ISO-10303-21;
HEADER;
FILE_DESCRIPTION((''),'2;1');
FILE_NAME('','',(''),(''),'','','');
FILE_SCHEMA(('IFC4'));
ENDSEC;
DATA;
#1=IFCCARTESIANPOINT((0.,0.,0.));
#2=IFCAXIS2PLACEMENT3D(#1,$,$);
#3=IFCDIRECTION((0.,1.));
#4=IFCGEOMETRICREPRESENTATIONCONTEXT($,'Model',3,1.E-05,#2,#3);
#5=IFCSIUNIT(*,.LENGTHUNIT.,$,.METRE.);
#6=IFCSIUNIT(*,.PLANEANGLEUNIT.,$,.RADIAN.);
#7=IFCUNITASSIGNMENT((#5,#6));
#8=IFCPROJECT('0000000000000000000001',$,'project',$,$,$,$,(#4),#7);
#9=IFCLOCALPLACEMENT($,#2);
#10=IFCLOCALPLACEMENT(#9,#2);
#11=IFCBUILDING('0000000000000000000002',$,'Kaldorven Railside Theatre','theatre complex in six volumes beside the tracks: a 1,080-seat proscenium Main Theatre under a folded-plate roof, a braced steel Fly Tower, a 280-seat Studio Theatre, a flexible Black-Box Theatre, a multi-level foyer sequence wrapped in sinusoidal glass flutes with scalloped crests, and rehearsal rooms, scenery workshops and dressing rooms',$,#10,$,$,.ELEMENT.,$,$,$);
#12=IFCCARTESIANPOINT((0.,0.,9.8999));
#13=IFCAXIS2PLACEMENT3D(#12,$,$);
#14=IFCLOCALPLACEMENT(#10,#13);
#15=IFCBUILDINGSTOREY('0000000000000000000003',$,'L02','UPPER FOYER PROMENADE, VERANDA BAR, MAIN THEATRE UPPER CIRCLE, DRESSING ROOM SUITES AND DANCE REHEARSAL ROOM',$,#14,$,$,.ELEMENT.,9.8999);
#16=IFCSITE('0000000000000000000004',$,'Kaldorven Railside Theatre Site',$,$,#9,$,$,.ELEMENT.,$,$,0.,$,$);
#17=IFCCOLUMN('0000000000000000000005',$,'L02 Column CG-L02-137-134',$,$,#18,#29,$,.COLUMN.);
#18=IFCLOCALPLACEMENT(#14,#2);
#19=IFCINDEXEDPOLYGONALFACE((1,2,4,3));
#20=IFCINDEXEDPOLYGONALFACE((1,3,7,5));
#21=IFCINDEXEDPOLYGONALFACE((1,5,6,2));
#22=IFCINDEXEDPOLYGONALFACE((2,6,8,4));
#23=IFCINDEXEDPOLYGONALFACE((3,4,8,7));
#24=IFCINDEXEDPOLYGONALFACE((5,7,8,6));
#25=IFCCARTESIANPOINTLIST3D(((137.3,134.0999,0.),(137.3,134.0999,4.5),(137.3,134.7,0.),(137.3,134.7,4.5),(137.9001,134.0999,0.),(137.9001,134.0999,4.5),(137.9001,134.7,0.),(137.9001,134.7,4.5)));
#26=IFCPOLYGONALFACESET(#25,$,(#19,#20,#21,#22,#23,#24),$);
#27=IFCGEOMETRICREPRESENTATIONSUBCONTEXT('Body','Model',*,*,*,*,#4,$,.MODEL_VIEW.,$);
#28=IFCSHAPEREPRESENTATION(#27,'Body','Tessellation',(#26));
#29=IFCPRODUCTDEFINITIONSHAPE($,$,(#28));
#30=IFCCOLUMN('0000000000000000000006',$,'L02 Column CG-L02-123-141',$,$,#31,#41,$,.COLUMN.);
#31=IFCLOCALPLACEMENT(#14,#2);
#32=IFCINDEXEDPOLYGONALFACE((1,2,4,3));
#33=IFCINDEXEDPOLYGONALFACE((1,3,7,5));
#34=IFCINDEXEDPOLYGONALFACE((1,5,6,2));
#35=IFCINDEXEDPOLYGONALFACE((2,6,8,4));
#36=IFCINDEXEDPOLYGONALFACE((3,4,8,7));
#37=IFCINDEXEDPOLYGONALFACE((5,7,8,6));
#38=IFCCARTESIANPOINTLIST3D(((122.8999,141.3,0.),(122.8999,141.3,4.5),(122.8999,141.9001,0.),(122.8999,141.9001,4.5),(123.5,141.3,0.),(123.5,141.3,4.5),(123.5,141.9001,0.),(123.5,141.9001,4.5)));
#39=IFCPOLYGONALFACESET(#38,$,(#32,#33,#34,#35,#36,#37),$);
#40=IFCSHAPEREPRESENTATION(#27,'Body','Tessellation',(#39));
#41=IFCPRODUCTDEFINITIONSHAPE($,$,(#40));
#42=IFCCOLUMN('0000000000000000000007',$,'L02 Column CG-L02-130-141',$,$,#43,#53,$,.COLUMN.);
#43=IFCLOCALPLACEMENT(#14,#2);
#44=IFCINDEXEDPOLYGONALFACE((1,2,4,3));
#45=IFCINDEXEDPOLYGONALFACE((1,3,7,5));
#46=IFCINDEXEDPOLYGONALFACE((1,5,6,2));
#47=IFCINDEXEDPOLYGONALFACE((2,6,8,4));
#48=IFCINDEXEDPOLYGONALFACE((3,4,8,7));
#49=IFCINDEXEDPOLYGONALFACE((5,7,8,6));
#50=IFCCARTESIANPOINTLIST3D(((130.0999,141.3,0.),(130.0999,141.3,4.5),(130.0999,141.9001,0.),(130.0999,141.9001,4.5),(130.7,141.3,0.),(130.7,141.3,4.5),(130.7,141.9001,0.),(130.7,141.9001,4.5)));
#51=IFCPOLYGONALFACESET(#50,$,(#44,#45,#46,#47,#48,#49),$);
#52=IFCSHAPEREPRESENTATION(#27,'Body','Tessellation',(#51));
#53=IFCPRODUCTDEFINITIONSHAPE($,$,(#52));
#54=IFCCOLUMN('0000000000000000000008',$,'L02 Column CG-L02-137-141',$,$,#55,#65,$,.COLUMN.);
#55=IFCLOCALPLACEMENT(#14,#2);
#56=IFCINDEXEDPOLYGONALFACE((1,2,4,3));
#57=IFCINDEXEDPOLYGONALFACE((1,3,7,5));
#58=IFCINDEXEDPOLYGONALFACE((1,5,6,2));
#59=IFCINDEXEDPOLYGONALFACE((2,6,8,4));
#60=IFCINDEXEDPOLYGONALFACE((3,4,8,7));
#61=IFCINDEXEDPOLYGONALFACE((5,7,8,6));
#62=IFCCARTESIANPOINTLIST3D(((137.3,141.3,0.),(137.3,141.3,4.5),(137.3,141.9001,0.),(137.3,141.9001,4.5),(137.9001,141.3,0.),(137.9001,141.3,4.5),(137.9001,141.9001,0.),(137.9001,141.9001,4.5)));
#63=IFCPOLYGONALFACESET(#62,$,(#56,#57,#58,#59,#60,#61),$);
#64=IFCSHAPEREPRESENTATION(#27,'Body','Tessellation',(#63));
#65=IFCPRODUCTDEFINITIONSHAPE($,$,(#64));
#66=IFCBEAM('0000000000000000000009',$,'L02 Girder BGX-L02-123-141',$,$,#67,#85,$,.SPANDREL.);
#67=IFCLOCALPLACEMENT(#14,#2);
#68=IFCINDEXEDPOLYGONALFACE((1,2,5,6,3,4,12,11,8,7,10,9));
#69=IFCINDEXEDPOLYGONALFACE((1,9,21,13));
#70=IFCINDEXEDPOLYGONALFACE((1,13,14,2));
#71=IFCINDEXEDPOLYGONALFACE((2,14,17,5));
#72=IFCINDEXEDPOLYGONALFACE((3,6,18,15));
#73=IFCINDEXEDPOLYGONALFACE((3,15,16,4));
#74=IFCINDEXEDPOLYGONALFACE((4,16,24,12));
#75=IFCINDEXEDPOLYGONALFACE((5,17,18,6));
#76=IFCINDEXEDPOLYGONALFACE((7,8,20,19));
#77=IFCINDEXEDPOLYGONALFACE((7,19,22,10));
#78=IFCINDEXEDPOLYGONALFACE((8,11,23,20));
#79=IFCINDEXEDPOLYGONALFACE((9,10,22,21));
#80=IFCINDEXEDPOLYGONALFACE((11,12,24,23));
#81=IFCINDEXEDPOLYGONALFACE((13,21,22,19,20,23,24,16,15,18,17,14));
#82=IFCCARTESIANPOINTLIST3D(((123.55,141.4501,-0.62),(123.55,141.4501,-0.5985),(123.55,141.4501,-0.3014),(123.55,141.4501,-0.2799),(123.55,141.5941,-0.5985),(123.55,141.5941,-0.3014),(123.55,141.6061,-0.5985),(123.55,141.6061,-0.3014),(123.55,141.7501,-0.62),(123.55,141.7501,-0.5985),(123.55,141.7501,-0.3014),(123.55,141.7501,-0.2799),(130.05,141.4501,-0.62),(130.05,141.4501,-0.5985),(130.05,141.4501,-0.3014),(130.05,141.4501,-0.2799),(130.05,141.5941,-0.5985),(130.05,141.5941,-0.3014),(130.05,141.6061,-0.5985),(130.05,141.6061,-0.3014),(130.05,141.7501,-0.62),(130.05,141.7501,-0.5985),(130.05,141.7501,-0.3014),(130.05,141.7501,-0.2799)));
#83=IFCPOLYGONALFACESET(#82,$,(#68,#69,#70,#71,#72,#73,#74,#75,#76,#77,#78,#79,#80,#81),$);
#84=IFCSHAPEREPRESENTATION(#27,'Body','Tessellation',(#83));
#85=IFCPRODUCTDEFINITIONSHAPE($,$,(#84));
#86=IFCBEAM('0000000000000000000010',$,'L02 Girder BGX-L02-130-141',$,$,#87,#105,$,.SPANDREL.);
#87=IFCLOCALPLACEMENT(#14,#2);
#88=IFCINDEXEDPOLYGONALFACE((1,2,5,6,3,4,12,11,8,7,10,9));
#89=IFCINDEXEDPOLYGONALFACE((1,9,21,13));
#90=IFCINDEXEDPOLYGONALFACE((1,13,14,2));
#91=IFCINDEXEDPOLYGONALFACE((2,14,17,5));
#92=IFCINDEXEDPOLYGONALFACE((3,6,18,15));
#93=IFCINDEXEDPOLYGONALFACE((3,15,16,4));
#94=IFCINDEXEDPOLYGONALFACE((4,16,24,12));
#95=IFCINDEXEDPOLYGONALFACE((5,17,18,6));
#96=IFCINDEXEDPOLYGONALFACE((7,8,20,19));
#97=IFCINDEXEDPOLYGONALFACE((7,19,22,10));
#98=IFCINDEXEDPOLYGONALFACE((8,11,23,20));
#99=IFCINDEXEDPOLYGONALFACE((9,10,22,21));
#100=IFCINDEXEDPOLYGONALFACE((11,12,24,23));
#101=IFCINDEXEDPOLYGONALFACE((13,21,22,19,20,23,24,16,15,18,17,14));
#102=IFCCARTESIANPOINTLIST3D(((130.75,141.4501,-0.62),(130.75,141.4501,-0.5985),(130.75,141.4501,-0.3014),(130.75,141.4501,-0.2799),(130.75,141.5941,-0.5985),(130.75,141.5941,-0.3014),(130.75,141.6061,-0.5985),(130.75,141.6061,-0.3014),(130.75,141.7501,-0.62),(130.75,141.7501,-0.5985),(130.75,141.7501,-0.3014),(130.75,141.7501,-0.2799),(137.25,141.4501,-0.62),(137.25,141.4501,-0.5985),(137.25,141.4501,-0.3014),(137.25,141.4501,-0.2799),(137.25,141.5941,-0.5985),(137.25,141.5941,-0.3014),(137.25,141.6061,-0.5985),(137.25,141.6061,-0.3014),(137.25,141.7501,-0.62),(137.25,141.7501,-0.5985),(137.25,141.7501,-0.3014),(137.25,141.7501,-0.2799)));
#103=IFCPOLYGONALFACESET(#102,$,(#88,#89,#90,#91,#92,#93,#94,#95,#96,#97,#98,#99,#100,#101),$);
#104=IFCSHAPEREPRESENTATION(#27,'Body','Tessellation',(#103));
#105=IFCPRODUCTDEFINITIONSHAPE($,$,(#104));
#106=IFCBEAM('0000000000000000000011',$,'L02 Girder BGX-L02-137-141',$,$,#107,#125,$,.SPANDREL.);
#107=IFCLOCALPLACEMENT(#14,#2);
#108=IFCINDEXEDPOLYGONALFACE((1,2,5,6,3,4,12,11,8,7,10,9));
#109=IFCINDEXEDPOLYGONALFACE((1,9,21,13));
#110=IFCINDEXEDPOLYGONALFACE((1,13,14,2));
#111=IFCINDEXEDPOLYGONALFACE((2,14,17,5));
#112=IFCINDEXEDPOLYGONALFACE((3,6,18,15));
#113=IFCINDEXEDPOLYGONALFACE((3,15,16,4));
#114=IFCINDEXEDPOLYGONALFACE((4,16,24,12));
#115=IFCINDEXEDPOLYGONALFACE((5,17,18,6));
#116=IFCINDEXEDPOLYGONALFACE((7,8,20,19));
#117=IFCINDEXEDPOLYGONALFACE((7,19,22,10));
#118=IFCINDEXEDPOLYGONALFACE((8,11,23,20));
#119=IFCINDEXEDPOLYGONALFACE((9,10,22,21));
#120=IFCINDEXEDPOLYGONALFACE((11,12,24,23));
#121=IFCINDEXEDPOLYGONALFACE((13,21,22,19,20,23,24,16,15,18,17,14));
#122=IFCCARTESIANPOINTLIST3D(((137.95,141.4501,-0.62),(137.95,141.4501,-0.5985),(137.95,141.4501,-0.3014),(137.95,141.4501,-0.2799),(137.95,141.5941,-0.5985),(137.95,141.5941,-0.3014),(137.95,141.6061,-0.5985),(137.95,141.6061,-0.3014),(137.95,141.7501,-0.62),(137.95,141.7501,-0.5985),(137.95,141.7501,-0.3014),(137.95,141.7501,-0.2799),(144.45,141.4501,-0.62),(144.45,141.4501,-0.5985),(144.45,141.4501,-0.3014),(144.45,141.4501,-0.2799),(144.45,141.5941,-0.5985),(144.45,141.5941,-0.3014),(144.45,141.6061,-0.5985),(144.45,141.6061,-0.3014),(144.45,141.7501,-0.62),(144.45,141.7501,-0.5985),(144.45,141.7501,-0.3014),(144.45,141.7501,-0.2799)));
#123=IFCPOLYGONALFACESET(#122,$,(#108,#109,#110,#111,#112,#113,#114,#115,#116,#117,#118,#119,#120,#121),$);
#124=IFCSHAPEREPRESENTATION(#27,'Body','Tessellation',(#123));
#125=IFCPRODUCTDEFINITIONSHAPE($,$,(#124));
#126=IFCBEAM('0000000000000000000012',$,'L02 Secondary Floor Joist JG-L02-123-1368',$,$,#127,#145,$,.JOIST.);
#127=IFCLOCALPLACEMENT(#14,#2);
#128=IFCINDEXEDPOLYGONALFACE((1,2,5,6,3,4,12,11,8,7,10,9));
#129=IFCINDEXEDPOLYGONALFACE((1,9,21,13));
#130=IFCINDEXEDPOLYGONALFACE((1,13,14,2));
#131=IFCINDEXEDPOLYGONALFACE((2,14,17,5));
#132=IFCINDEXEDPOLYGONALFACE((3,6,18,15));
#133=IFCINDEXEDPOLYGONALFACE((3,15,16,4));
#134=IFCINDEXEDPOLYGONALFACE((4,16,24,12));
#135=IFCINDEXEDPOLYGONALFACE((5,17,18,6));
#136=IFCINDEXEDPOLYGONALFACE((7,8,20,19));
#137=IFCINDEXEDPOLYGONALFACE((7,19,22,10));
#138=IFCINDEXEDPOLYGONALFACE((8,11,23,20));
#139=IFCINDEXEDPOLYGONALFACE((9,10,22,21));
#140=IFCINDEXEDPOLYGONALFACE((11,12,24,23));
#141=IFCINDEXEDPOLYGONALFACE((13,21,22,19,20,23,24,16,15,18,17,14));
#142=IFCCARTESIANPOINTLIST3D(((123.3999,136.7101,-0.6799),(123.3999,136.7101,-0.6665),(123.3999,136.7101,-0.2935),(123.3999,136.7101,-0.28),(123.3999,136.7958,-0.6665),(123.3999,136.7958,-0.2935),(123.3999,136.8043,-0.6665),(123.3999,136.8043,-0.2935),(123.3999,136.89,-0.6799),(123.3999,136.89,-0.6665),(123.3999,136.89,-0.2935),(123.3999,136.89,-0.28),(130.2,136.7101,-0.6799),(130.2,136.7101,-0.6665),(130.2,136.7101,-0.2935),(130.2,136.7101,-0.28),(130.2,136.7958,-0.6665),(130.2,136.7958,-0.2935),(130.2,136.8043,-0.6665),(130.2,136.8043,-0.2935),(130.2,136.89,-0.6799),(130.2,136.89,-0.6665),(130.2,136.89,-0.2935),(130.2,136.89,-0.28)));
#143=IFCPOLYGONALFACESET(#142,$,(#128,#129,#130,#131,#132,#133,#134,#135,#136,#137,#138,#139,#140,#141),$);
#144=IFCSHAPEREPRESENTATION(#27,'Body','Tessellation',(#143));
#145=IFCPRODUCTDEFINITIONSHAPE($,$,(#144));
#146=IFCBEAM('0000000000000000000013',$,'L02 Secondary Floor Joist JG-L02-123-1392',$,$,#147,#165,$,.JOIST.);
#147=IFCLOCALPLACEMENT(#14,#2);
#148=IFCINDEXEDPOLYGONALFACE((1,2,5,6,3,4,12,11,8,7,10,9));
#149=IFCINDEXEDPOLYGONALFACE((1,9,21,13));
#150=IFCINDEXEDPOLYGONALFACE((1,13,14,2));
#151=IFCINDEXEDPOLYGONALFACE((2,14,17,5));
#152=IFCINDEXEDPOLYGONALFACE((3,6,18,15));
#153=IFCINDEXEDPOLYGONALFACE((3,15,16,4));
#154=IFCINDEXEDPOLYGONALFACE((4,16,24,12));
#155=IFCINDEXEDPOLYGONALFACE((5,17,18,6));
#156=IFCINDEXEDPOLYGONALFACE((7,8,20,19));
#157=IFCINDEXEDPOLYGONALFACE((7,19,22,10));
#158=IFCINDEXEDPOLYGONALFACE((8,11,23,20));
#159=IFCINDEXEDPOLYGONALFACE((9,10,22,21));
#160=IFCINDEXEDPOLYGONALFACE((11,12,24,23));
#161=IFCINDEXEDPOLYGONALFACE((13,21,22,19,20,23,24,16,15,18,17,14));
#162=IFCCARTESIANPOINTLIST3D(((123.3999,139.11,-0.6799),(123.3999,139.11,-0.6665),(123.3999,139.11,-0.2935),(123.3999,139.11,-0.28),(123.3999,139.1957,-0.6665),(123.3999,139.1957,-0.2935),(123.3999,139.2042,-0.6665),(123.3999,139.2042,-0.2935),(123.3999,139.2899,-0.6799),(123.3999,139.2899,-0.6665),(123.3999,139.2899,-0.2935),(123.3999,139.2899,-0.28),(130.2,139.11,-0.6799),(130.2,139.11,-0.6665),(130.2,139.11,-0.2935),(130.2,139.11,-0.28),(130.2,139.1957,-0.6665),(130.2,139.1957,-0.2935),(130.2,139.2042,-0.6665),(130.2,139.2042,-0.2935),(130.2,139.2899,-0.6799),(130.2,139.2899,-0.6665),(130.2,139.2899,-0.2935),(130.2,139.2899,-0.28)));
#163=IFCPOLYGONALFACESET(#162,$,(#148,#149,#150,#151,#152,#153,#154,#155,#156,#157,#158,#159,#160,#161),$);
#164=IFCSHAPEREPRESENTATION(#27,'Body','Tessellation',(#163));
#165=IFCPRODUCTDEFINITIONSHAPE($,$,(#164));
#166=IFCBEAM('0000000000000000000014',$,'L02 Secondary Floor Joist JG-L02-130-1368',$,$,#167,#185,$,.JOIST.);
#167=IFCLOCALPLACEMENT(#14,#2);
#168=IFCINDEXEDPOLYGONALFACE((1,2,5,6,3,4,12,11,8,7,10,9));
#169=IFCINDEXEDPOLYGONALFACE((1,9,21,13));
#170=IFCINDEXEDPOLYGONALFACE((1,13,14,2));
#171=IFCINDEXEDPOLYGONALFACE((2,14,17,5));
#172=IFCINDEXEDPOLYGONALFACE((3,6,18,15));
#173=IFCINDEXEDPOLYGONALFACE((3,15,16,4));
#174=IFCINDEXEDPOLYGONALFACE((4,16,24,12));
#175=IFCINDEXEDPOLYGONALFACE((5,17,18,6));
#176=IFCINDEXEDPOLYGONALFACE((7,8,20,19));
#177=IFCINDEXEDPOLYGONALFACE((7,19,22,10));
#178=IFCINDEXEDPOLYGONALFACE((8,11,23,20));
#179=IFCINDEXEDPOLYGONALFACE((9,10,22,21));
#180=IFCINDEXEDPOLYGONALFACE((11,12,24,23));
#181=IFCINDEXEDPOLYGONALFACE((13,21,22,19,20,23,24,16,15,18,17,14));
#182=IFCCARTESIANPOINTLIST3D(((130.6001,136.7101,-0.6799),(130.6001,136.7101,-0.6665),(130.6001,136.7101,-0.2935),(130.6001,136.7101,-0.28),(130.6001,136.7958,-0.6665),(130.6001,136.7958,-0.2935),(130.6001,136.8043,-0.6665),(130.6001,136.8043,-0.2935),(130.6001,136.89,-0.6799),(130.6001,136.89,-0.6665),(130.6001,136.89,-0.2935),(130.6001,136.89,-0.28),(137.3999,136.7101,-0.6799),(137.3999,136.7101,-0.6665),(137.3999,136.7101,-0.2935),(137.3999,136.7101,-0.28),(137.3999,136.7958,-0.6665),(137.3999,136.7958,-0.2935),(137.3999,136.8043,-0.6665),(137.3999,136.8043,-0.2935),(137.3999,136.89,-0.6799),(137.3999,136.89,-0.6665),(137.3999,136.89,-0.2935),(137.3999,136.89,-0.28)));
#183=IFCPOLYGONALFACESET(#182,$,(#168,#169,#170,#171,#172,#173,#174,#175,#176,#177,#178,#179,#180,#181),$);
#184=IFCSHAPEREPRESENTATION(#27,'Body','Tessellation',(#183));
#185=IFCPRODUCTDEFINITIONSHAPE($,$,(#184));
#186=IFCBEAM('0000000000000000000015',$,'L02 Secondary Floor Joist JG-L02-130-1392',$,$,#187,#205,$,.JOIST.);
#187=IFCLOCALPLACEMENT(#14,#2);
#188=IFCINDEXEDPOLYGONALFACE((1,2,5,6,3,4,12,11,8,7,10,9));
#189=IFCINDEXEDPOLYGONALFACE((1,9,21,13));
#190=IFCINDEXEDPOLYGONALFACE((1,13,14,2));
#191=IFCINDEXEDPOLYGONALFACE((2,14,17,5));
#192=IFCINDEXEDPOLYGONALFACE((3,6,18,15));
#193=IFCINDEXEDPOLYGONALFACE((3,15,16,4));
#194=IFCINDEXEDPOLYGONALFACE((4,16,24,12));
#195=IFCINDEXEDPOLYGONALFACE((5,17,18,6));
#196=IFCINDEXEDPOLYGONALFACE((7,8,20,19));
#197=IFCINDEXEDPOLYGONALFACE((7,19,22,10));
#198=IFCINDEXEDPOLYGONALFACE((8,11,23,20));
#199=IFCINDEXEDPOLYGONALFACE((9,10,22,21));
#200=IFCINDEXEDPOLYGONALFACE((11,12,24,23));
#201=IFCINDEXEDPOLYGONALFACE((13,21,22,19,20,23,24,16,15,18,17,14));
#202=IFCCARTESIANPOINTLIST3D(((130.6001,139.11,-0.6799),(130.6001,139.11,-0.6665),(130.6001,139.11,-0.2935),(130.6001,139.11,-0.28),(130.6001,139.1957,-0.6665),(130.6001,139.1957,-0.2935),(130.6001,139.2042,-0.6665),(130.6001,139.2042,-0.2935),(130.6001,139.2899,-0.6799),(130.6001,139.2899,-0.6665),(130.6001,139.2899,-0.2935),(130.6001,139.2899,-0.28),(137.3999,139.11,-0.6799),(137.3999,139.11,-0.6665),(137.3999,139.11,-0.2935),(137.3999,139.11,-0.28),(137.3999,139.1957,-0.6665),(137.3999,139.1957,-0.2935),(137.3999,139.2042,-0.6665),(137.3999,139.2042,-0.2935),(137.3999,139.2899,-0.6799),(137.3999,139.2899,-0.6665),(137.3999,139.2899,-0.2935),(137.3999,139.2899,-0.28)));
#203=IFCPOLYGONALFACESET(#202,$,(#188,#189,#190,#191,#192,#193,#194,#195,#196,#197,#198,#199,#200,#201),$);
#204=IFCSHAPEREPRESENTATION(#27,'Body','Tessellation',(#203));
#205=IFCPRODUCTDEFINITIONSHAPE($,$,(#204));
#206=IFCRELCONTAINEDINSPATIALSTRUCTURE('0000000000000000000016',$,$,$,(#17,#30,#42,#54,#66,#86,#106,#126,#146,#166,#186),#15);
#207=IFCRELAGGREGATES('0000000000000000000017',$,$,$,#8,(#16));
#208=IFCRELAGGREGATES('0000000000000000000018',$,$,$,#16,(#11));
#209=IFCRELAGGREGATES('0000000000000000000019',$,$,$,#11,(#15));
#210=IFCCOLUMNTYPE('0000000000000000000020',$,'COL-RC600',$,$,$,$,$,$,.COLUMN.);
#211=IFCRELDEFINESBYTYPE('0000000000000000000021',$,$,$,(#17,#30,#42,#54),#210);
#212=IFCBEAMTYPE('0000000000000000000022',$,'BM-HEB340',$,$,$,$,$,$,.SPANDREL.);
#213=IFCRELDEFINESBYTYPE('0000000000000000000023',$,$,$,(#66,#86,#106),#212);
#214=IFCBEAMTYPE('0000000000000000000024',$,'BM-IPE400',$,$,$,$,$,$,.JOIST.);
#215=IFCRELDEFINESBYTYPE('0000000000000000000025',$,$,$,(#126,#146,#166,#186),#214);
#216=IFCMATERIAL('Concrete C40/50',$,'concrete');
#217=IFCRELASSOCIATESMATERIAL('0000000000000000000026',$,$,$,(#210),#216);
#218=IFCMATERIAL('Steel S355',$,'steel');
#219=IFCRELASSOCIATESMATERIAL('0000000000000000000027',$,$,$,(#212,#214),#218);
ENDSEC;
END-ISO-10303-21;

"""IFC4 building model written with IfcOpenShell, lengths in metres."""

from ifc_helpers import new_model, si_unit, direction, frame, origin, origin_2d, place, context, subcontext, project, spatial, rectangle, i_section, extrude, material, material_profile, profile_set, type_object, element, save


model = new_model("IFC4")

# Units and contexts
model_context = context("Model", 3, precision=1e-05, world=origin(), true_north=direction((0.0, 1.0)))
body_context = subcontext(model_context, "Body", "Model", "MODEL_VIEW")
ifc_project = project(units=[si_unit("LENGTHUNIT", "METRE"), si_unit("PLANEANGLEUNIT", "RADIAN")], contexts=[model_context])

# Site, building, storey
site_placement = place(None, origin())
site = spatial("IfcSite", under=ifc_project, at=site_placement, Name="Kaldorven Railside Theatre Site", CompositionType="ELEMENT", RefElevation=0.0)
building_placement = place(site_placement, origin())
building = spatial("IfcBuilding", under=site, at=building_placement, Name="Kaldorven Railside Theatre", Description="theatre complex in six volumes beside the tracks: a 1,080-seat proscenium Main Theatre under a folded-plate roof, a braced steel Fly Tower, a 280-seat Studio Theatre, a flexible Black-Box Theatre, a multi-level foyer sequence wrapped in sinusoidal glass flutes with scalloped crests, and rehearsal rooms, scenery workshops and dressing rooms", CompositionType="ELEMENT")
storey_placement = place(building_placement, frame((0.0, 0.0, 9.8999)))
storey = spatial("IfcBuildingStorey", under=building, at=storey_placement, Name="L02", Description="UPPER FOYER PROMENADE, VERANDA BAR, MAIN THEATRE UPPER CIRCLE, DRESSING ROOM SUITES AND DANCE REHEARSAL ROOM", CompositionType="ELEMENT", Elevation=9.8999)

# Columns
ifc_material_1 = material(Name="Concrete C40/50", Category="concrete")
ifc_material_profile_1 = material_profile(ifc_material_1, rectangle(XDim=0.6001, YDim=0.6001, at=origin_2d()), Name="RC 600x600")
ifc_profile_set_1 = profile_set([ifc_material_profile_1], Name="Concrete C40/50")
column_type = type_object("IfcColumnType", Name="COL-RC600", PredefinedType="COLUMN", material=ifc_profile_set_1)
for number, where, z_axis, x_axis, name in (
    (1, (137.6001, 134.3999, 0.0), (0.0, 0.0, 1.0), (1.0, 0.0, 0.0), "L02 Column CG-L02-137-134"),
    (2, (123.2, 141.6001, 0.0), (0.0, 0.0, 1.0), (1.0, 0.0, 0.0), "L02 Column CG-L02-123-141"),
    (3, (130.3999, 141.6001, 0.0), (0.0, 0.0, 1.0), (1.0, 0.0, 0.0), "L02 Column CG-L02-130-141"),
    (4, (137.6001, 141.6001, 0.0), (0.0, 0.0, 1.0), (0.0, 1.0, 0.0), "L02 Column CG-L02-137-141"),
):
    element("IfcColumn", number, at=place(storey_placement, frame(where, z_axis=z_axis, x_axis=x_axis)), inside=storey, type_object=column_type, Name=name, PredefinedType="COLUMN", context=body_context, shape_type="SweptSolid", body=[
        extrude(rectangle(XDim=0.6001, YDim=0.6001, at=origin_2d()), origin(), (0.0, 0.0, 1.0), 4.5),
    ])

# Beams
ifc_material_2 = material(Name="Steel S355", Category="steel")
ifc_material_profile_2 = material_profile(ifc_material_2, i_section(OverallWidth=0.3, OverallDepth=0.3401, WebThickness=0.012, FlangeThickness=0.0215, at=origin_2d()), Name="HEB 340")
ifc_profile_set_2 = profile_set([ifc_material_profile_2], Name="Steel S355")
beam_type_1 = type_object("IfcBeamType", Name="BM-HEB340", PredefinedType="SPANDREL", material=ifc_profile_set_2)
for number, where, z_axis, x_axis, name in (
    (5, (123.55, 141.6001, -0.45), (1.0, 0.0, 0.0), (0.0, 1.0, 0.0), "L02 Girder BGX-L02-123-141"),
    (6, (130.75, 141.6001, -0.45), (1.0, 0.0, 0.0), (0.0, 1.0, 0.0), "L02 Girder BGX-L02-130-141"),
    (7, (137.95, 141.6001, -0.45), (1.0, 0.0, 0.0), (0.0, 1.0, 0.0), "L02 Girder BGX-L02-137-141"),
):
    element("IfcBeam", number, at=place(storey_placement, frame(where, z_axis=z_axis, x_axis=x_axis)), inside=storey, type_object=beam_type_1, Name=name, PredefinedType="SPANDREL", context=body_context, shape_type="SweptSolid", body=[
        extrude(i_section(OverallWidth=0.3, OverallDepth=0.3401, WebThickness=0.012, FlangeThickness=0.0215, at=origin_2d()), origin(), (0.0, 0.0, 1.0), 6.5),
    ])
ifc_material_profile_3 = material_profile(ifc_material_2, i_section(OverallWidth=0.1799, OverallDepth=0.3999, WebThickness=0.0085, FlangeThickness=0.0134, at=origin_2d()), Name="IPE 400")
ifc_profile_set_3 = profile_set([ifc_material_profile_3], Name="Steel S355")
beam_type_2 = type_object("IfcBeamType", Name="BM-IPE400", PredefinedType="JOIST", material=ifc_profile_set_3)
for number, where, z_axis, x_axis, name in (
    (8, (123.3999, 136.8, -0.48), (1.0, 0.0, 0.0), (0.0, 1.0, 0.0), "L02 Secondary Floor Joist JG-L02-123-1368"),
    (9, (123.3999, 139.2, -0.48), (1.0, 0.0, 0.0), (0.0, 1.0, 0.0), "L02 Secondary Floor Joist JG-L02-123-1392"),
):
    element("IfcBeam", number, at=place(storey_placement, frame(where, z_axis=z_axis, x_axis=x_axis)), inside=storey, type_object=beam_type_2, Name=name, PredefinedType="JOIST", context=body_context, shape_type="SweptSolid", body=[
        extrude(i_section(OverallWidth=0.1799, OverallDepth=0.3999, WebThickness=0.0085, FlangeThickness=0.0134, at=origin_2d()), origin(), (0.0, 0.0, 1.0), 6.8),
    ])
for number, where, z_axis, x_axis, name in (
    (10, (130.6001, 136.8, -0.48), (1.0, 0.0, 0.0), (0.0, 1.0, 0.0), "L02 Secondary Floor Joist JG-L02-130-1368"),
    (11, (130.6001, 139.2, -0.48), (1.0, 0.0, 0.0), (0.0, 1.0, 0.0), "L02 Secondary Floor Joist JG-L02-130-1392"),
):
    element("IfcBeam", number, at=place(storey_placement, frame(where, z_axis=z_axis, x_axis=x_axis)), inside=storey, type_object=beam_type_2, Name=name, PredefinedType="JOIST", context=body_context, shape_type="SweptSolid", body=[
        extrude(i_section(OverallWidth=0.1799, OverallDepth=0.3999, WebThickness=0.0085, FlangeThickness=0.0134, at=origin_2d()), origin(), (0.0, 0.0, 1.0), 6.7998),
    ])

save(model, "model.ifc")
